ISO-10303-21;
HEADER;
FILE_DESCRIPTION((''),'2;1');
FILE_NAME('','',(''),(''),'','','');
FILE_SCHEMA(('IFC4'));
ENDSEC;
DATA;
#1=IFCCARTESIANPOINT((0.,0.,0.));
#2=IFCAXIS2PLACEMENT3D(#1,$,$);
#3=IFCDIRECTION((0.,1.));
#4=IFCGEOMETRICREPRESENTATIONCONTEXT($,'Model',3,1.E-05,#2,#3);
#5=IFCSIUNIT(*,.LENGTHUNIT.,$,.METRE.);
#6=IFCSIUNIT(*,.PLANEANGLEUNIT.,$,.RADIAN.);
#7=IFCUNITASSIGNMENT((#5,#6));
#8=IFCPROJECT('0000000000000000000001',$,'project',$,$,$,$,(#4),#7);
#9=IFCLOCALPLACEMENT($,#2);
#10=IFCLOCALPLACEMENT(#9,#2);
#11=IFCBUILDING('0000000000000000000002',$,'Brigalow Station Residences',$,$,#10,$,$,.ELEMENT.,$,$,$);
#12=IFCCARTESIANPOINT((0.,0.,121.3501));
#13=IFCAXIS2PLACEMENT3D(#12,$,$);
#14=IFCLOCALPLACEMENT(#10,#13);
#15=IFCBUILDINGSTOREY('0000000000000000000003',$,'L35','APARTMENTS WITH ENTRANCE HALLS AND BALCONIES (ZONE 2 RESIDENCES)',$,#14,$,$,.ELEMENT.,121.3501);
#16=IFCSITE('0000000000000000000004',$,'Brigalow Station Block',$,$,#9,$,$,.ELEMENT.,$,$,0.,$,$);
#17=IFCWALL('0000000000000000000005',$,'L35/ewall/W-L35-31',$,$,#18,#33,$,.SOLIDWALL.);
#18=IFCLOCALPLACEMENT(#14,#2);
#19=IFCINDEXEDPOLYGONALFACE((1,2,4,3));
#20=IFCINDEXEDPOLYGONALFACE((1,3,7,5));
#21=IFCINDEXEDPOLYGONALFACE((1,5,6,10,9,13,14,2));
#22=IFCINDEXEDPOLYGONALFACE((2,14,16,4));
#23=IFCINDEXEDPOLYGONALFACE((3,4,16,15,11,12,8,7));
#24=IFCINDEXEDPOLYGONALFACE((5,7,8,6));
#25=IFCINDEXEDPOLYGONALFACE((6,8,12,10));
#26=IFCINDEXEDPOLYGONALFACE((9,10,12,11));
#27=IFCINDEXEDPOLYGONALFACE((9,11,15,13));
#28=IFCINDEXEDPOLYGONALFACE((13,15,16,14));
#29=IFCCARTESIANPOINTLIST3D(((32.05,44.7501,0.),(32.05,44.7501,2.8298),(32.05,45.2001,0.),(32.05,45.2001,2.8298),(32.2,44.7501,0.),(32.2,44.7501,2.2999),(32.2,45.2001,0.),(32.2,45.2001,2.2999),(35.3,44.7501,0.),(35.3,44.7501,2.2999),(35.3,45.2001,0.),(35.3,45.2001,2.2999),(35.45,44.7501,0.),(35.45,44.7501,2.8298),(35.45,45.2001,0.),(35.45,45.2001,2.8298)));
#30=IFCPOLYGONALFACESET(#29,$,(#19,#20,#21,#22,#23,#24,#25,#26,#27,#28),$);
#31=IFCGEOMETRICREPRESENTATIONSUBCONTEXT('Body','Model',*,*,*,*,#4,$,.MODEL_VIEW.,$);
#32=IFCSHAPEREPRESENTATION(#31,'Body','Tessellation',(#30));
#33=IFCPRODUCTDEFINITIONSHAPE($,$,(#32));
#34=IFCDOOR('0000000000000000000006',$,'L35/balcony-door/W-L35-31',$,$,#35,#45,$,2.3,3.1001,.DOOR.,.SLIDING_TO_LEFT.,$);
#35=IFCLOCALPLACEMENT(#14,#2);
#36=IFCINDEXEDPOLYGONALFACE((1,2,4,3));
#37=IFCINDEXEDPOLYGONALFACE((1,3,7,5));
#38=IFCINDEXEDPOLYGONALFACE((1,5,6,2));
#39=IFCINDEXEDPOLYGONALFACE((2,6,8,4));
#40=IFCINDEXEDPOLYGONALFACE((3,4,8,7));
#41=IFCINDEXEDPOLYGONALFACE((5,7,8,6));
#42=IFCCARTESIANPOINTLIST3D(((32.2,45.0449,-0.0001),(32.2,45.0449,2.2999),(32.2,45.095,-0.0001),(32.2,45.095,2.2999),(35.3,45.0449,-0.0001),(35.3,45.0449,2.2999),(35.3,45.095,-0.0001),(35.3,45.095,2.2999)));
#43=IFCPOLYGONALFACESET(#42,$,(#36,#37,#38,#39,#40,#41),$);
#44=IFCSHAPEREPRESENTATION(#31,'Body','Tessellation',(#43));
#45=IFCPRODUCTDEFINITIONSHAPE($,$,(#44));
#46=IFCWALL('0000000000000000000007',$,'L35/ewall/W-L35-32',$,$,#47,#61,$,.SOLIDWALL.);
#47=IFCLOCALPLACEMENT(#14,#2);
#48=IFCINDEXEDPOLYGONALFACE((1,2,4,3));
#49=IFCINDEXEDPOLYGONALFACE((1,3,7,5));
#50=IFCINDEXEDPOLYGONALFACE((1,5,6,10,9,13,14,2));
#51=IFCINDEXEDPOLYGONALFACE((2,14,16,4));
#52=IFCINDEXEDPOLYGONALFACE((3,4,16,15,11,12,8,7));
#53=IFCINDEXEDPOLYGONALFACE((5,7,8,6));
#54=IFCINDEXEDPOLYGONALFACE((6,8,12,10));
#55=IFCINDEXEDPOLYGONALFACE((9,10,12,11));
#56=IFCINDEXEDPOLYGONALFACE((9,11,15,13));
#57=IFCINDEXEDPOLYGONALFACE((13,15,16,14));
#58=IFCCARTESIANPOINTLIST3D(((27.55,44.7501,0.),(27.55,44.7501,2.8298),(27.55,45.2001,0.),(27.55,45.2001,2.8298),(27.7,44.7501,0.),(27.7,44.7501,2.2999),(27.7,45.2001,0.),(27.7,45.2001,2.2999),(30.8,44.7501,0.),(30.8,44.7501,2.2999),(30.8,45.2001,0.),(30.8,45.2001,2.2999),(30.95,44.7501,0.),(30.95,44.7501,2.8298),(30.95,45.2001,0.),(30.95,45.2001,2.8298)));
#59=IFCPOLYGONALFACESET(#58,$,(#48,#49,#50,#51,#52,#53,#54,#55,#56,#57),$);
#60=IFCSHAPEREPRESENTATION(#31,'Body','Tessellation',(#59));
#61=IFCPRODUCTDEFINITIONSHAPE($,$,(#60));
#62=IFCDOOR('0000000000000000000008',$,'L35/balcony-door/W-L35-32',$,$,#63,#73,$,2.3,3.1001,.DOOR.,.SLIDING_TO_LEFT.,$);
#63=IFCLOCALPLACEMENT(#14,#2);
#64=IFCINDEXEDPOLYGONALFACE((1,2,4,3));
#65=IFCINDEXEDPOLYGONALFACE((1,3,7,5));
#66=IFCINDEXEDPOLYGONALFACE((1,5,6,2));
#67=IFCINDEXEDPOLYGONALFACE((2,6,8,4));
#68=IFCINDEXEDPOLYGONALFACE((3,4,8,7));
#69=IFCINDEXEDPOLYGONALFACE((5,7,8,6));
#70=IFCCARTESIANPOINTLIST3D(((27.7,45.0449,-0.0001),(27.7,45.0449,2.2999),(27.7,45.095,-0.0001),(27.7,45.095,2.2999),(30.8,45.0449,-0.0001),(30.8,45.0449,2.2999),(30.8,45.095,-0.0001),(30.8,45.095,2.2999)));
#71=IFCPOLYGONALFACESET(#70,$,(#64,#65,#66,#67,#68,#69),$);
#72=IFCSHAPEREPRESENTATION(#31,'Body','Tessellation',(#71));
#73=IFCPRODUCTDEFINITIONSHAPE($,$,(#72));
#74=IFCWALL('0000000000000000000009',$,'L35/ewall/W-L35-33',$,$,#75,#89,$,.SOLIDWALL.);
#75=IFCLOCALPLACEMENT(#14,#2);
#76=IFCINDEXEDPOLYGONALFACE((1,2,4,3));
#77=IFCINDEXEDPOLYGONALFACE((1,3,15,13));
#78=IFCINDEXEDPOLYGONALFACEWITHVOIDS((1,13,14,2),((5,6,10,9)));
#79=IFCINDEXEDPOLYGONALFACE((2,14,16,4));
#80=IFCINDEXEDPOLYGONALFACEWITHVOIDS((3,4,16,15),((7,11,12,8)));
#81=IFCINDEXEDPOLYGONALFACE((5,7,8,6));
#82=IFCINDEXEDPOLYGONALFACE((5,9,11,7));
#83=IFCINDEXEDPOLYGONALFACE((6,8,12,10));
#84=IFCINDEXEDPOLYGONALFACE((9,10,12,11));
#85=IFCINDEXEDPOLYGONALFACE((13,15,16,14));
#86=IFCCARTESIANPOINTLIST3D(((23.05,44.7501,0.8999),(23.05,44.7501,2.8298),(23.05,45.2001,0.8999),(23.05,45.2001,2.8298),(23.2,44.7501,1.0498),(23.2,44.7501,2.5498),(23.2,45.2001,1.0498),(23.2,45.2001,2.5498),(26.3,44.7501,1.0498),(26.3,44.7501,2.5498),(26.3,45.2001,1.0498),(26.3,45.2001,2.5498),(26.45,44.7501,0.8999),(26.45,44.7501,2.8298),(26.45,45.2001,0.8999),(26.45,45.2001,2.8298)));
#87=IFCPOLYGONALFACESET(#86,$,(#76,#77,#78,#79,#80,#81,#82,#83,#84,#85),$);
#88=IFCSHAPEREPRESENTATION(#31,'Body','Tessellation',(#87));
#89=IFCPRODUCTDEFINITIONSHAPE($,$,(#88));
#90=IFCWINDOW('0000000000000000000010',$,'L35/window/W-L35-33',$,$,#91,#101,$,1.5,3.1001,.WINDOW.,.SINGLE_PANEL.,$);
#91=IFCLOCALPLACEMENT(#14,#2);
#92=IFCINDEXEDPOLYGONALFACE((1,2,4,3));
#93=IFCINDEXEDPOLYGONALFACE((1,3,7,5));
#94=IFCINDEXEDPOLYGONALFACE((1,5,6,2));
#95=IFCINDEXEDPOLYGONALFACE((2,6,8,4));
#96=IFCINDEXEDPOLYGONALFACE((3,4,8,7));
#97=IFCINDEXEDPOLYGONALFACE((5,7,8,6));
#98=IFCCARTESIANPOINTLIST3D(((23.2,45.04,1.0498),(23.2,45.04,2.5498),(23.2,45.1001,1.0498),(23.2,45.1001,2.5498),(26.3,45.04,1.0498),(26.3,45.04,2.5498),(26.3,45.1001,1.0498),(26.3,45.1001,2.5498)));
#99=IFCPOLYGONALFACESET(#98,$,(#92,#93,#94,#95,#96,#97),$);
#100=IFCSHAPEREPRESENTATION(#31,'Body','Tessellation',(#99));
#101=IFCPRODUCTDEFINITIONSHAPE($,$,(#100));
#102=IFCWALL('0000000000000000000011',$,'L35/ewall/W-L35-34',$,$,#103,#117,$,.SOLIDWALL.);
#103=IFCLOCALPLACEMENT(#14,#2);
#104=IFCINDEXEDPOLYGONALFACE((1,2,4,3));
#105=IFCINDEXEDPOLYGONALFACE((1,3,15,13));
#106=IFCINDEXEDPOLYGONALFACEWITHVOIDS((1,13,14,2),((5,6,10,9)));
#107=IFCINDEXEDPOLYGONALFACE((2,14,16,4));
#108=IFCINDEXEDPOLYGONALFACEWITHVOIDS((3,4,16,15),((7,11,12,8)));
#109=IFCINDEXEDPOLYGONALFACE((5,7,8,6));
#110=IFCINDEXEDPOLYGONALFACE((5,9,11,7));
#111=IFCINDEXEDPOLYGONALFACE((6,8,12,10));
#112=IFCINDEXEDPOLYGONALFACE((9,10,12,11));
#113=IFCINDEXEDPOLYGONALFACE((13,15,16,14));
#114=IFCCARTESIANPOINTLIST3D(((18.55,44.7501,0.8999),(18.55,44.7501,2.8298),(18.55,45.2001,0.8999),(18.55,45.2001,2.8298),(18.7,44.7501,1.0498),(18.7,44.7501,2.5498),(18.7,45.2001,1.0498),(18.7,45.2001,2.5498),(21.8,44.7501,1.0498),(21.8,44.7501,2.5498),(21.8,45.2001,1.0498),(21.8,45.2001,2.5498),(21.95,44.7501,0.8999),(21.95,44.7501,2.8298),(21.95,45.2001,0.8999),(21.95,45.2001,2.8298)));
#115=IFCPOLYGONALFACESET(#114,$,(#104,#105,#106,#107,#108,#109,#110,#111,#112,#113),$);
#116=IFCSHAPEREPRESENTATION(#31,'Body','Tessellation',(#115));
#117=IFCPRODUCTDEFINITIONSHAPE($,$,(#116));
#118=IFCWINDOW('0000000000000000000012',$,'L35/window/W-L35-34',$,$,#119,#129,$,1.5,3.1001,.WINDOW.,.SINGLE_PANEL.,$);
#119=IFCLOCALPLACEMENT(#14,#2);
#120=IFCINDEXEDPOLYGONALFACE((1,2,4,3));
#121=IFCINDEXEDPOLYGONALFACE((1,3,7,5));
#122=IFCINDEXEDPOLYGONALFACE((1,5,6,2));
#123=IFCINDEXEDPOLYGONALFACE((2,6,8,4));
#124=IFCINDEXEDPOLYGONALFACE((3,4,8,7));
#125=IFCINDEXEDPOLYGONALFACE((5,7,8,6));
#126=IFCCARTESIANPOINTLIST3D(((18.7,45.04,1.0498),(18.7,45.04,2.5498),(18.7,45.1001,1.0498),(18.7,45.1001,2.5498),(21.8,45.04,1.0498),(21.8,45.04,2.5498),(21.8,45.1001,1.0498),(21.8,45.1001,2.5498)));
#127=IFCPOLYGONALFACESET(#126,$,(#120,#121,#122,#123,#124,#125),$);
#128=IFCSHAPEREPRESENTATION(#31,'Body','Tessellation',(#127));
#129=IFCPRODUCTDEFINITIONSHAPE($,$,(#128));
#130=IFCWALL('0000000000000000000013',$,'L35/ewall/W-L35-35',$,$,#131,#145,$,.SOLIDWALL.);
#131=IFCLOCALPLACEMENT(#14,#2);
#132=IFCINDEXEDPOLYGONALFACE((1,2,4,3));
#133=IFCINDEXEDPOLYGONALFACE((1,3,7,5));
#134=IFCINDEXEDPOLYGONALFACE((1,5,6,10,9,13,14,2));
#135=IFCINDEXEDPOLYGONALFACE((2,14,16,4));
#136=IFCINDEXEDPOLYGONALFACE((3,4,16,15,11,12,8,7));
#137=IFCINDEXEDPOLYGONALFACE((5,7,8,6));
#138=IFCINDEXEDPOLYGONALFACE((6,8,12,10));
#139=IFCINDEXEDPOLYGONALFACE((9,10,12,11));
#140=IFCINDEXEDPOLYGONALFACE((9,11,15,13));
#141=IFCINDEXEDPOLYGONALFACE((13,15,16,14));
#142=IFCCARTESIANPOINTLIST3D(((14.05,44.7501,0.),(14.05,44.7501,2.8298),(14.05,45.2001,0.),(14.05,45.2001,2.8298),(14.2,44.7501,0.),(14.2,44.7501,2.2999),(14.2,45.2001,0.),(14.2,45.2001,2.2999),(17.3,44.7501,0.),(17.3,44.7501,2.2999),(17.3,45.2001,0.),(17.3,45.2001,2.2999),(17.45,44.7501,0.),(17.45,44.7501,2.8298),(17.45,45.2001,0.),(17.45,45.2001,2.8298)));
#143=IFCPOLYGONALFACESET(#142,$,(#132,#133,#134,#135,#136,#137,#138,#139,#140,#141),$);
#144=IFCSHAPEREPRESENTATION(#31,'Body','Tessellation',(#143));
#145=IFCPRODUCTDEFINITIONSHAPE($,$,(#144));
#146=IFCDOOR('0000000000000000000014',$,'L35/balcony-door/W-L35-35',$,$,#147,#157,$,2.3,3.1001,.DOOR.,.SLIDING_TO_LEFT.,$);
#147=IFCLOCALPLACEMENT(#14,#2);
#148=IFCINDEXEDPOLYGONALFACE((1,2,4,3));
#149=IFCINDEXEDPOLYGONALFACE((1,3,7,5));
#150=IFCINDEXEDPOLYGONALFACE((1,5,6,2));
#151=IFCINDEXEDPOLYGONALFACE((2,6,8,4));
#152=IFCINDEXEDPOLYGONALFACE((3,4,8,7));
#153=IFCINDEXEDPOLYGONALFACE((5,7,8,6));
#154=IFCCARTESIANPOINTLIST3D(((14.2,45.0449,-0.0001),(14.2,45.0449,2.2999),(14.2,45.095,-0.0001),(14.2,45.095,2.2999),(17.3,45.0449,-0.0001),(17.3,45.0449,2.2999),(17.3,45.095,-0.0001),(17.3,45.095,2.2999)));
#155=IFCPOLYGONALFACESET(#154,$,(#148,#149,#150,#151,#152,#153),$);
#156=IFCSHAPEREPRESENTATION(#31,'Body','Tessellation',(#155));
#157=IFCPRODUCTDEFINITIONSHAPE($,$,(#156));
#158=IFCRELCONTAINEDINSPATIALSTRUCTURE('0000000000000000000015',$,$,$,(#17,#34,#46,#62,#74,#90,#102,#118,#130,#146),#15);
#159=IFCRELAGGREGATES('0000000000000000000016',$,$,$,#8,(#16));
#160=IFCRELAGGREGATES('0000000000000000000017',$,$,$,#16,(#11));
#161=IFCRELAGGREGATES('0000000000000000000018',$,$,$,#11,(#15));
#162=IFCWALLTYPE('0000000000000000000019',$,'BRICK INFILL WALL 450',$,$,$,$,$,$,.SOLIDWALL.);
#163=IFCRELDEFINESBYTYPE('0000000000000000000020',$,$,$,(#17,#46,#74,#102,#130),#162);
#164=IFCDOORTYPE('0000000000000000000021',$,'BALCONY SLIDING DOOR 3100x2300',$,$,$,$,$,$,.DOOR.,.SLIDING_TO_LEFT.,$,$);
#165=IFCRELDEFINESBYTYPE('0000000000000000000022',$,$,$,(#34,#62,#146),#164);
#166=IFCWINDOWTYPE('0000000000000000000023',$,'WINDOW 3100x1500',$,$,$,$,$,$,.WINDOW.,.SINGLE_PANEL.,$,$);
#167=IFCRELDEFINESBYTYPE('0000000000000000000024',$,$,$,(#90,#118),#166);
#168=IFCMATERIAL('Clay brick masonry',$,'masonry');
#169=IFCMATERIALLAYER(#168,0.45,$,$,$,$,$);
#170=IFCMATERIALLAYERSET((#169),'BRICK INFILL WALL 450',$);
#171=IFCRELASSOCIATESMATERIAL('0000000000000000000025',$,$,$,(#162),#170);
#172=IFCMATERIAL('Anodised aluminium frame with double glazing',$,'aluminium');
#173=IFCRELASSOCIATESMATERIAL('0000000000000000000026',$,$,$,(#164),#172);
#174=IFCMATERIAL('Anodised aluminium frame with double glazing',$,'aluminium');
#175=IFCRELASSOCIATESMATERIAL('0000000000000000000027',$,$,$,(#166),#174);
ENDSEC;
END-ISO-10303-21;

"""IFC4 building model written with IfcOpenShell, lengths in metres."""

from ifc_helpers import new_model, si_unit, direction, frame, frame_2d, origin, place, context, subcontext, project, spatial, rectangle, extrude, material, layer, layer_set, type_object, element, fill, save


model = new_model("IFC4")

# Units and contexts
model_context = context("Model", 3, precision=1e-05, world=origin(), true_north=direction((0.0, 1.0)))
body_context = subcontext(model_context, "Body", "Model", "MODEL_VIEW")
ifc_project = project(units=[si_unit("LENGTHUNIT", "METRE"), si_unit("PLANEANGLEUNIT", "RADIAN")], contexts=[model_context])

# Site, building, storey
site_placement = place(None, origin())
site = spatial("IfcSite", under=ifc_project, at=site_placement, Name="Brigalow Station Block", CompositionType="ELEMENT", RefElevation=0.0)
building_placement = place(site_placement, origin())
building = spatial("IfcBuilding", under=site, at=building_placement, Name="Brigalow Station Residences", CompositionType="ELEMENT")
storey_placement = place(building_placement, frame((0.0, 0.0, 121.3501)))
storey = spatial("IfcBuildingStorey", under=building, at=storey_placement, Name="L35", Description="APARTMENTS WITH ENTRANCE HALLS AND BALCONIES (ZONE 2 RESIDENCES)", CompositionType="ELEMENT", Elevation=121.3501)

# Walls, openings, doors
ifc_material_1 = material(Name="Clay brick masonry", Category="masonry")
ifc_layer_1 = layer(ifc_material_1, 0.45)
ifc_layer_set_1 = layer_set([ifc_layer_1], Name="BRICK INFILL WALL 450")
wall_type_1 = type_object("IfcWallType", Name="BRICK INFILL WALL 450", PredefinedType="SOLIDWALL", material=ifc_layer_set_1)
wall_1_placement = place(storey_placement, frame((35.45, 44.9751, 0.0), z_axis=(0.0, 0.0, 1.0), x_axis=(-1.0, 0.0, 0.0)))
wall_1 = element("IfcWall", 1, at=wall_1_placement, inside=storey, type_object=wall_type_1, Name="L35/ewall/W-L35-31", PredefinedType="SOLIDWALL", context=body_context, shape_type="SweptSolid", body=[
    extrude(rectangle(XDim=3.3999, YDim=0.45, at=frame_2d((1.7, 0.0))), origin(), (0.0, 0.0, 1.0), 2.8298),
])
opening_1_placement = place(wall_1_placement, frame((0.1499, 0.0, 0.0)))
opening_1 = element("IfcOpeningElement", 2, at=opening_1_placement, cuts=wall_1, PredefinedType="OPENING", context=body_context, shape_type="SweptSolid", body=[
    extrude(rectangle(XDim=3.1001, YDim=2.3, at=frame_2d((1.55, 1.1499))), frame((0.0, 0.2349, 0.0), z_axis=(0.0, -1.0, 0.0), x_axis=(1.0, 0.0, 0.0)), (0.0, 0.0, 1.0), 0.47),
])
ifc_material_2 = material(Name="Anodised aluminium frame with double glazing", Category="aluminium")
door_type_1 = type_object("IfcDoorType", Name="BALCONY SLIDING DOOR 3100x2300", OperationType="SLIDING_TO_LEFT", PredefinedType="DOOR", material=ifc_material_2)
door_1_placement = place(opening_1_placement, origin())
door_1 = element("IfcDoor", 3, at=door_1_placement, inside=storey, type_object=door_type_1, Name="L35/balcony-door/W-L35-31", OperationType="SLIDING_TO_LEFT", OverallHeight=2.3, OverallWidth=3.1001, PredefinedType="DOOR", context=body_context, shape_type="SweptSolid", body=[
    extrude(rectangle(XDim=3.1001, YDim=2.3, at=frame_2d((1.55, 1.1499))), frame((0.0, -0.0698, 0.0), z_axis=(0.0, -1.0, 0.0), x_axis=(1.0, 0.0, 0.0)), (0.0, 0.0, 1.0), 0.05),
])
fill(opening_1, door_1)
wall_2_placement = place(storey_placement, frame((30.95, 44.9751, 0.0), z_axis=(0.0, 0.0, 1.0), x_axis=(-1.0, 0.0, 0.0)))
wall_2 = element("IfcWall", 4, at=wall_2_placement, inside=storey, type_object=wall_type_1, Name="L35/ewall/W-L35-32", PredefinedType="SOLIDWALL", context=body_context, shape_type="SweptSolid", body=[
    extrude(rectangle(XDim=3.3999, YDim=0.45, at=frame_2d((1.7, 0.0))), origin(), (0.0, 0.0, 1.0), 2.8298),
])
opening_2_placement = place(wall_2_placement, frame((0.1499, 0.0, 0.0)))
opening_2 = element("IfcOpeningElement", 5, at=opening_2_placement, cuts=wall_2, PredefinedType="OPENING", context=body_context, shape_type="SweptSolid", body=[
    extrude(rectangle(XDim=3.1001, YDim=2.3, at=frame_2d((1.55, 1.1499))), frame((0.0, 0.2349, 0.0), z_axis=(0.0, -1.0, 0.0), x_axis=(1.0, 0.0, 0.0)), (0.0, 0.0, 1.0), 0.47),
])
door_2_placement = place(opening_2_placement, origin())
door_2 = element("IfcDoor", 6, at=door_2_placement, inside=storey, type_object=door_type_1, Name="L35/balcony-door/W-L35-32", OperationType="SLIDING_TO_LEFT", OverallHeight=2.3, OverallWidth=3.1001, PredefinedType="DOOR", context=body_context, shape_type="SweptSolid", body=[
    extrude(rectangle(XDim=3.1001, YDim=2.3, at=frame_2d((1.55, 1.1499))), frame((0.0, -0.0698, 0.0), z_axis=(0.0, -1.0, 0.0), x_axis=(1.0, 0.0, 0.0)), (0.0, 0.0, 1.0), 0.05),
])
fill(opening_2, door_2)

# Walls, openings, windows
wall_3_placement = place(storey_placement, frame((26.45, 44.9751, 0.8999), z_axis=(0.0, 0.0, 1.0), x_axis=(-1.0, 0.0, 0.0)))
wall_3 = element("IfcWall", 7, at=wall_3_placement, inside=storey, type_object=wall_type_1, Name="L35/ewall/W-L35-33", PredefinedType="SOLIDWALL", context=body_context, shape_type="SweptSolid", body=[
    extrude(rectangle(XDim=3.3999, YDim=0.45, at=frame_2d((1.7, 0.0))), origin(), (0.0, 0.0, 1.0), 1.9299),
])
opening_3_placement = place(wall_3_placement, frame((0.1499, 0.0, 0.1499)))
opening_3 = element("IfcOpeningElement", 8, at=opening_3_placement, cuts=wall_3, PredefinedType="OPENING", context=body_context, shape_type="SweptSolid", body=[
    extrude(rectangle(XDim=3.1001, YDim=1.5, at=frame_2d((1.55, 0.75))), frame((0.0, 0.2349, 0.0), z_axis=(0.0, -1.0, 0.0), x_axis=(1.0, 0.0, 0.0)), (0.0, 0.0, 1.0), 0.47),
])
ifc_material_3 = material(Name="Anodised aluminium frame with double glazing", Category="aluminium")
window_type = type_object("IfcWindowType", Name="WINDOW 3100x1500", PartitioningType="SINGLE_PANEL", PredefinedType="WINDOW", material=ifc_material_3)
window_1_placement = place(opening_3_placement, origin())
window_1 = element("IfcWindow", 9, at=window_1_placement, inside=storey, type_object=window_type, Name="L35/window/W-L35-33", OverallHeight=1.5, OverallWidth=3.1001, PartitioningType="SINGLE_PANEL", PredefinedType="WINDOW", context=body_context, shape_type="SweptSolid", body=[
    extrude(rectangle(XDim=3.1001, YDim=1.5, at=frame_2d((1.55, 0.75))), frame((0.0, -0.0649, 0.0), z_axis=(0.0, -1.0, 0.0), x_axis=(1.0, 0.0, 0.0)), (0.0, 0.0, 1.0), 0.0601),
])
fill(opening_3, window_1)
wall_4_placement = place(storey_placement, frame((21.95, 44.9751, 0.8999), z_axis=(0.0, 0.0, 1.0), x_axis=(-1.0, 0.0, 0.0)))
wall_4 = element("IfcWall", 10, at=wall_4_placement, inside=storey, type_object=wall_type_1, Name="L35/ewall/W-L35-34", PredefinedType="SOLIDWALL", context=body_context, shape_type="SweptSolid", body=[
    extrude(rectangle(XDim=3.3999, YDim=0.45, at=frame_2d((1.7, 0.0))), origin(), (0.0, 0.0, 1.0), 1.9299),
])
opening_4_placement = place(wall_4_placement, frame((0.1499, 0.0, 0.1499)))
opening_4 = element("IfcOpeningElement", 11, at=opening_4_placement, cuts=wall_4, PredefinedType="OPENING", context=body_context, shape_type="SweptSolid", body=[
    extrude(rectangle(XDim=3.1001, YDim=1.5, at=frame_2d((1.55, 0.75))), frame((0.0, 0.2349, 0.0), z_axis=(0.0, -1.0, 0.0), x_axis=(1.0, 0.0, 0.0)), (0.0, 0.0, 1.0), 0.47),
])
window_2_placement = place(opening_4_placement, origin())
window_2 = element("IfcWindow", 12, at=window_2_placement, inside=storey, type_object=window_type, Name="L35/window/W-L35-34", OverallHeight=1.5, OverallWidth=3.1001, PartitioningType="SINGLE_PANEL", PredefinedType="WINDOW", context=body_context, shape_type="SweptSolid", body=[
    extrude(rectangle(XDim=3.1001, YDim=1.5, at=frame_2d((1.55, 0.75))), frame((0.0, -0.0649, 0.0), z_axis=(0.0, -1.0, 0.0), x_axis=(1.0, 0.0, 0.0)), (0.0, 0.0, 1.0), 0.0601),
])
fill(opening_4, window_2)

# Wall, opening, door
wall_5_placement = place(storey_placement, frame((17.45, 44.9751, 0.0), z_axis=(0.0, 0.0, 1.0), x_axis=(-1.0, 0.0, 0.0)))
wall_5 = element("IfcWall", 13, at=wall_5_placement, inside=storey, type_object=wall_type_1, Name="L35/ewall/W-L35-35", PredefinedType="SOLIDWALL", context=body_context, shape_type="SweptSolid", body=[
    extrude(rectangle(XDim=3.3999, YDim=0.45, at=frame_2d((1.7, 0.0))), origin(), (0.0, 0.0, 1.0), 2.8298),
])
opening_5_placement = place(wall_5_placement, frame((0.1499, 0.0, 0.0)))
opening_5 = element("IfcOpeningElement", 14, at=opening_5_placement, cuts=wall_5, PredefinedType="OPENING", context=body_context, shape_type="SweptSolid", body=[
    extrude(rectangle(XDim=3.1001, YDim=2.3, at=frame_2d((1.55, 1.1499))), frame((0.0, 0.2349, 0.0), z_axis=(0.0, -1.0, 0.0), x_axis=(1.0, 0.0, 0.0)), (0.0, 0.0, 1.0), 0.47),
])
door_3_placement = place(opening_5_placement, origin())
door_3 = element("IfcDoor", 15, at=door_3_placement, inside=storey, type_object=door_type_1, Name="L35/balcony-door/W-L35-35", OperationType="SLIDING_TO_LEFT", OverallHeight=2.3, OverallWidth=3.1001, PredefinedType="DOOR", context=body_context, shape_type="SweptSolid", body=[
    extrude(rectangle(XDim=3.1001, YDim=2.3, at=frame_2d((1.55, 1.1499))), frame((0.0, -0.0698, 0.0), z_axis=(0.0, -1.0, 0.0), x_axis=(1.0, 0.0, 0.0)), (0.0, 0.0, 1.0), 0.05),
])
fill(opening_5, door_3)

save(model, "model.ifc")
